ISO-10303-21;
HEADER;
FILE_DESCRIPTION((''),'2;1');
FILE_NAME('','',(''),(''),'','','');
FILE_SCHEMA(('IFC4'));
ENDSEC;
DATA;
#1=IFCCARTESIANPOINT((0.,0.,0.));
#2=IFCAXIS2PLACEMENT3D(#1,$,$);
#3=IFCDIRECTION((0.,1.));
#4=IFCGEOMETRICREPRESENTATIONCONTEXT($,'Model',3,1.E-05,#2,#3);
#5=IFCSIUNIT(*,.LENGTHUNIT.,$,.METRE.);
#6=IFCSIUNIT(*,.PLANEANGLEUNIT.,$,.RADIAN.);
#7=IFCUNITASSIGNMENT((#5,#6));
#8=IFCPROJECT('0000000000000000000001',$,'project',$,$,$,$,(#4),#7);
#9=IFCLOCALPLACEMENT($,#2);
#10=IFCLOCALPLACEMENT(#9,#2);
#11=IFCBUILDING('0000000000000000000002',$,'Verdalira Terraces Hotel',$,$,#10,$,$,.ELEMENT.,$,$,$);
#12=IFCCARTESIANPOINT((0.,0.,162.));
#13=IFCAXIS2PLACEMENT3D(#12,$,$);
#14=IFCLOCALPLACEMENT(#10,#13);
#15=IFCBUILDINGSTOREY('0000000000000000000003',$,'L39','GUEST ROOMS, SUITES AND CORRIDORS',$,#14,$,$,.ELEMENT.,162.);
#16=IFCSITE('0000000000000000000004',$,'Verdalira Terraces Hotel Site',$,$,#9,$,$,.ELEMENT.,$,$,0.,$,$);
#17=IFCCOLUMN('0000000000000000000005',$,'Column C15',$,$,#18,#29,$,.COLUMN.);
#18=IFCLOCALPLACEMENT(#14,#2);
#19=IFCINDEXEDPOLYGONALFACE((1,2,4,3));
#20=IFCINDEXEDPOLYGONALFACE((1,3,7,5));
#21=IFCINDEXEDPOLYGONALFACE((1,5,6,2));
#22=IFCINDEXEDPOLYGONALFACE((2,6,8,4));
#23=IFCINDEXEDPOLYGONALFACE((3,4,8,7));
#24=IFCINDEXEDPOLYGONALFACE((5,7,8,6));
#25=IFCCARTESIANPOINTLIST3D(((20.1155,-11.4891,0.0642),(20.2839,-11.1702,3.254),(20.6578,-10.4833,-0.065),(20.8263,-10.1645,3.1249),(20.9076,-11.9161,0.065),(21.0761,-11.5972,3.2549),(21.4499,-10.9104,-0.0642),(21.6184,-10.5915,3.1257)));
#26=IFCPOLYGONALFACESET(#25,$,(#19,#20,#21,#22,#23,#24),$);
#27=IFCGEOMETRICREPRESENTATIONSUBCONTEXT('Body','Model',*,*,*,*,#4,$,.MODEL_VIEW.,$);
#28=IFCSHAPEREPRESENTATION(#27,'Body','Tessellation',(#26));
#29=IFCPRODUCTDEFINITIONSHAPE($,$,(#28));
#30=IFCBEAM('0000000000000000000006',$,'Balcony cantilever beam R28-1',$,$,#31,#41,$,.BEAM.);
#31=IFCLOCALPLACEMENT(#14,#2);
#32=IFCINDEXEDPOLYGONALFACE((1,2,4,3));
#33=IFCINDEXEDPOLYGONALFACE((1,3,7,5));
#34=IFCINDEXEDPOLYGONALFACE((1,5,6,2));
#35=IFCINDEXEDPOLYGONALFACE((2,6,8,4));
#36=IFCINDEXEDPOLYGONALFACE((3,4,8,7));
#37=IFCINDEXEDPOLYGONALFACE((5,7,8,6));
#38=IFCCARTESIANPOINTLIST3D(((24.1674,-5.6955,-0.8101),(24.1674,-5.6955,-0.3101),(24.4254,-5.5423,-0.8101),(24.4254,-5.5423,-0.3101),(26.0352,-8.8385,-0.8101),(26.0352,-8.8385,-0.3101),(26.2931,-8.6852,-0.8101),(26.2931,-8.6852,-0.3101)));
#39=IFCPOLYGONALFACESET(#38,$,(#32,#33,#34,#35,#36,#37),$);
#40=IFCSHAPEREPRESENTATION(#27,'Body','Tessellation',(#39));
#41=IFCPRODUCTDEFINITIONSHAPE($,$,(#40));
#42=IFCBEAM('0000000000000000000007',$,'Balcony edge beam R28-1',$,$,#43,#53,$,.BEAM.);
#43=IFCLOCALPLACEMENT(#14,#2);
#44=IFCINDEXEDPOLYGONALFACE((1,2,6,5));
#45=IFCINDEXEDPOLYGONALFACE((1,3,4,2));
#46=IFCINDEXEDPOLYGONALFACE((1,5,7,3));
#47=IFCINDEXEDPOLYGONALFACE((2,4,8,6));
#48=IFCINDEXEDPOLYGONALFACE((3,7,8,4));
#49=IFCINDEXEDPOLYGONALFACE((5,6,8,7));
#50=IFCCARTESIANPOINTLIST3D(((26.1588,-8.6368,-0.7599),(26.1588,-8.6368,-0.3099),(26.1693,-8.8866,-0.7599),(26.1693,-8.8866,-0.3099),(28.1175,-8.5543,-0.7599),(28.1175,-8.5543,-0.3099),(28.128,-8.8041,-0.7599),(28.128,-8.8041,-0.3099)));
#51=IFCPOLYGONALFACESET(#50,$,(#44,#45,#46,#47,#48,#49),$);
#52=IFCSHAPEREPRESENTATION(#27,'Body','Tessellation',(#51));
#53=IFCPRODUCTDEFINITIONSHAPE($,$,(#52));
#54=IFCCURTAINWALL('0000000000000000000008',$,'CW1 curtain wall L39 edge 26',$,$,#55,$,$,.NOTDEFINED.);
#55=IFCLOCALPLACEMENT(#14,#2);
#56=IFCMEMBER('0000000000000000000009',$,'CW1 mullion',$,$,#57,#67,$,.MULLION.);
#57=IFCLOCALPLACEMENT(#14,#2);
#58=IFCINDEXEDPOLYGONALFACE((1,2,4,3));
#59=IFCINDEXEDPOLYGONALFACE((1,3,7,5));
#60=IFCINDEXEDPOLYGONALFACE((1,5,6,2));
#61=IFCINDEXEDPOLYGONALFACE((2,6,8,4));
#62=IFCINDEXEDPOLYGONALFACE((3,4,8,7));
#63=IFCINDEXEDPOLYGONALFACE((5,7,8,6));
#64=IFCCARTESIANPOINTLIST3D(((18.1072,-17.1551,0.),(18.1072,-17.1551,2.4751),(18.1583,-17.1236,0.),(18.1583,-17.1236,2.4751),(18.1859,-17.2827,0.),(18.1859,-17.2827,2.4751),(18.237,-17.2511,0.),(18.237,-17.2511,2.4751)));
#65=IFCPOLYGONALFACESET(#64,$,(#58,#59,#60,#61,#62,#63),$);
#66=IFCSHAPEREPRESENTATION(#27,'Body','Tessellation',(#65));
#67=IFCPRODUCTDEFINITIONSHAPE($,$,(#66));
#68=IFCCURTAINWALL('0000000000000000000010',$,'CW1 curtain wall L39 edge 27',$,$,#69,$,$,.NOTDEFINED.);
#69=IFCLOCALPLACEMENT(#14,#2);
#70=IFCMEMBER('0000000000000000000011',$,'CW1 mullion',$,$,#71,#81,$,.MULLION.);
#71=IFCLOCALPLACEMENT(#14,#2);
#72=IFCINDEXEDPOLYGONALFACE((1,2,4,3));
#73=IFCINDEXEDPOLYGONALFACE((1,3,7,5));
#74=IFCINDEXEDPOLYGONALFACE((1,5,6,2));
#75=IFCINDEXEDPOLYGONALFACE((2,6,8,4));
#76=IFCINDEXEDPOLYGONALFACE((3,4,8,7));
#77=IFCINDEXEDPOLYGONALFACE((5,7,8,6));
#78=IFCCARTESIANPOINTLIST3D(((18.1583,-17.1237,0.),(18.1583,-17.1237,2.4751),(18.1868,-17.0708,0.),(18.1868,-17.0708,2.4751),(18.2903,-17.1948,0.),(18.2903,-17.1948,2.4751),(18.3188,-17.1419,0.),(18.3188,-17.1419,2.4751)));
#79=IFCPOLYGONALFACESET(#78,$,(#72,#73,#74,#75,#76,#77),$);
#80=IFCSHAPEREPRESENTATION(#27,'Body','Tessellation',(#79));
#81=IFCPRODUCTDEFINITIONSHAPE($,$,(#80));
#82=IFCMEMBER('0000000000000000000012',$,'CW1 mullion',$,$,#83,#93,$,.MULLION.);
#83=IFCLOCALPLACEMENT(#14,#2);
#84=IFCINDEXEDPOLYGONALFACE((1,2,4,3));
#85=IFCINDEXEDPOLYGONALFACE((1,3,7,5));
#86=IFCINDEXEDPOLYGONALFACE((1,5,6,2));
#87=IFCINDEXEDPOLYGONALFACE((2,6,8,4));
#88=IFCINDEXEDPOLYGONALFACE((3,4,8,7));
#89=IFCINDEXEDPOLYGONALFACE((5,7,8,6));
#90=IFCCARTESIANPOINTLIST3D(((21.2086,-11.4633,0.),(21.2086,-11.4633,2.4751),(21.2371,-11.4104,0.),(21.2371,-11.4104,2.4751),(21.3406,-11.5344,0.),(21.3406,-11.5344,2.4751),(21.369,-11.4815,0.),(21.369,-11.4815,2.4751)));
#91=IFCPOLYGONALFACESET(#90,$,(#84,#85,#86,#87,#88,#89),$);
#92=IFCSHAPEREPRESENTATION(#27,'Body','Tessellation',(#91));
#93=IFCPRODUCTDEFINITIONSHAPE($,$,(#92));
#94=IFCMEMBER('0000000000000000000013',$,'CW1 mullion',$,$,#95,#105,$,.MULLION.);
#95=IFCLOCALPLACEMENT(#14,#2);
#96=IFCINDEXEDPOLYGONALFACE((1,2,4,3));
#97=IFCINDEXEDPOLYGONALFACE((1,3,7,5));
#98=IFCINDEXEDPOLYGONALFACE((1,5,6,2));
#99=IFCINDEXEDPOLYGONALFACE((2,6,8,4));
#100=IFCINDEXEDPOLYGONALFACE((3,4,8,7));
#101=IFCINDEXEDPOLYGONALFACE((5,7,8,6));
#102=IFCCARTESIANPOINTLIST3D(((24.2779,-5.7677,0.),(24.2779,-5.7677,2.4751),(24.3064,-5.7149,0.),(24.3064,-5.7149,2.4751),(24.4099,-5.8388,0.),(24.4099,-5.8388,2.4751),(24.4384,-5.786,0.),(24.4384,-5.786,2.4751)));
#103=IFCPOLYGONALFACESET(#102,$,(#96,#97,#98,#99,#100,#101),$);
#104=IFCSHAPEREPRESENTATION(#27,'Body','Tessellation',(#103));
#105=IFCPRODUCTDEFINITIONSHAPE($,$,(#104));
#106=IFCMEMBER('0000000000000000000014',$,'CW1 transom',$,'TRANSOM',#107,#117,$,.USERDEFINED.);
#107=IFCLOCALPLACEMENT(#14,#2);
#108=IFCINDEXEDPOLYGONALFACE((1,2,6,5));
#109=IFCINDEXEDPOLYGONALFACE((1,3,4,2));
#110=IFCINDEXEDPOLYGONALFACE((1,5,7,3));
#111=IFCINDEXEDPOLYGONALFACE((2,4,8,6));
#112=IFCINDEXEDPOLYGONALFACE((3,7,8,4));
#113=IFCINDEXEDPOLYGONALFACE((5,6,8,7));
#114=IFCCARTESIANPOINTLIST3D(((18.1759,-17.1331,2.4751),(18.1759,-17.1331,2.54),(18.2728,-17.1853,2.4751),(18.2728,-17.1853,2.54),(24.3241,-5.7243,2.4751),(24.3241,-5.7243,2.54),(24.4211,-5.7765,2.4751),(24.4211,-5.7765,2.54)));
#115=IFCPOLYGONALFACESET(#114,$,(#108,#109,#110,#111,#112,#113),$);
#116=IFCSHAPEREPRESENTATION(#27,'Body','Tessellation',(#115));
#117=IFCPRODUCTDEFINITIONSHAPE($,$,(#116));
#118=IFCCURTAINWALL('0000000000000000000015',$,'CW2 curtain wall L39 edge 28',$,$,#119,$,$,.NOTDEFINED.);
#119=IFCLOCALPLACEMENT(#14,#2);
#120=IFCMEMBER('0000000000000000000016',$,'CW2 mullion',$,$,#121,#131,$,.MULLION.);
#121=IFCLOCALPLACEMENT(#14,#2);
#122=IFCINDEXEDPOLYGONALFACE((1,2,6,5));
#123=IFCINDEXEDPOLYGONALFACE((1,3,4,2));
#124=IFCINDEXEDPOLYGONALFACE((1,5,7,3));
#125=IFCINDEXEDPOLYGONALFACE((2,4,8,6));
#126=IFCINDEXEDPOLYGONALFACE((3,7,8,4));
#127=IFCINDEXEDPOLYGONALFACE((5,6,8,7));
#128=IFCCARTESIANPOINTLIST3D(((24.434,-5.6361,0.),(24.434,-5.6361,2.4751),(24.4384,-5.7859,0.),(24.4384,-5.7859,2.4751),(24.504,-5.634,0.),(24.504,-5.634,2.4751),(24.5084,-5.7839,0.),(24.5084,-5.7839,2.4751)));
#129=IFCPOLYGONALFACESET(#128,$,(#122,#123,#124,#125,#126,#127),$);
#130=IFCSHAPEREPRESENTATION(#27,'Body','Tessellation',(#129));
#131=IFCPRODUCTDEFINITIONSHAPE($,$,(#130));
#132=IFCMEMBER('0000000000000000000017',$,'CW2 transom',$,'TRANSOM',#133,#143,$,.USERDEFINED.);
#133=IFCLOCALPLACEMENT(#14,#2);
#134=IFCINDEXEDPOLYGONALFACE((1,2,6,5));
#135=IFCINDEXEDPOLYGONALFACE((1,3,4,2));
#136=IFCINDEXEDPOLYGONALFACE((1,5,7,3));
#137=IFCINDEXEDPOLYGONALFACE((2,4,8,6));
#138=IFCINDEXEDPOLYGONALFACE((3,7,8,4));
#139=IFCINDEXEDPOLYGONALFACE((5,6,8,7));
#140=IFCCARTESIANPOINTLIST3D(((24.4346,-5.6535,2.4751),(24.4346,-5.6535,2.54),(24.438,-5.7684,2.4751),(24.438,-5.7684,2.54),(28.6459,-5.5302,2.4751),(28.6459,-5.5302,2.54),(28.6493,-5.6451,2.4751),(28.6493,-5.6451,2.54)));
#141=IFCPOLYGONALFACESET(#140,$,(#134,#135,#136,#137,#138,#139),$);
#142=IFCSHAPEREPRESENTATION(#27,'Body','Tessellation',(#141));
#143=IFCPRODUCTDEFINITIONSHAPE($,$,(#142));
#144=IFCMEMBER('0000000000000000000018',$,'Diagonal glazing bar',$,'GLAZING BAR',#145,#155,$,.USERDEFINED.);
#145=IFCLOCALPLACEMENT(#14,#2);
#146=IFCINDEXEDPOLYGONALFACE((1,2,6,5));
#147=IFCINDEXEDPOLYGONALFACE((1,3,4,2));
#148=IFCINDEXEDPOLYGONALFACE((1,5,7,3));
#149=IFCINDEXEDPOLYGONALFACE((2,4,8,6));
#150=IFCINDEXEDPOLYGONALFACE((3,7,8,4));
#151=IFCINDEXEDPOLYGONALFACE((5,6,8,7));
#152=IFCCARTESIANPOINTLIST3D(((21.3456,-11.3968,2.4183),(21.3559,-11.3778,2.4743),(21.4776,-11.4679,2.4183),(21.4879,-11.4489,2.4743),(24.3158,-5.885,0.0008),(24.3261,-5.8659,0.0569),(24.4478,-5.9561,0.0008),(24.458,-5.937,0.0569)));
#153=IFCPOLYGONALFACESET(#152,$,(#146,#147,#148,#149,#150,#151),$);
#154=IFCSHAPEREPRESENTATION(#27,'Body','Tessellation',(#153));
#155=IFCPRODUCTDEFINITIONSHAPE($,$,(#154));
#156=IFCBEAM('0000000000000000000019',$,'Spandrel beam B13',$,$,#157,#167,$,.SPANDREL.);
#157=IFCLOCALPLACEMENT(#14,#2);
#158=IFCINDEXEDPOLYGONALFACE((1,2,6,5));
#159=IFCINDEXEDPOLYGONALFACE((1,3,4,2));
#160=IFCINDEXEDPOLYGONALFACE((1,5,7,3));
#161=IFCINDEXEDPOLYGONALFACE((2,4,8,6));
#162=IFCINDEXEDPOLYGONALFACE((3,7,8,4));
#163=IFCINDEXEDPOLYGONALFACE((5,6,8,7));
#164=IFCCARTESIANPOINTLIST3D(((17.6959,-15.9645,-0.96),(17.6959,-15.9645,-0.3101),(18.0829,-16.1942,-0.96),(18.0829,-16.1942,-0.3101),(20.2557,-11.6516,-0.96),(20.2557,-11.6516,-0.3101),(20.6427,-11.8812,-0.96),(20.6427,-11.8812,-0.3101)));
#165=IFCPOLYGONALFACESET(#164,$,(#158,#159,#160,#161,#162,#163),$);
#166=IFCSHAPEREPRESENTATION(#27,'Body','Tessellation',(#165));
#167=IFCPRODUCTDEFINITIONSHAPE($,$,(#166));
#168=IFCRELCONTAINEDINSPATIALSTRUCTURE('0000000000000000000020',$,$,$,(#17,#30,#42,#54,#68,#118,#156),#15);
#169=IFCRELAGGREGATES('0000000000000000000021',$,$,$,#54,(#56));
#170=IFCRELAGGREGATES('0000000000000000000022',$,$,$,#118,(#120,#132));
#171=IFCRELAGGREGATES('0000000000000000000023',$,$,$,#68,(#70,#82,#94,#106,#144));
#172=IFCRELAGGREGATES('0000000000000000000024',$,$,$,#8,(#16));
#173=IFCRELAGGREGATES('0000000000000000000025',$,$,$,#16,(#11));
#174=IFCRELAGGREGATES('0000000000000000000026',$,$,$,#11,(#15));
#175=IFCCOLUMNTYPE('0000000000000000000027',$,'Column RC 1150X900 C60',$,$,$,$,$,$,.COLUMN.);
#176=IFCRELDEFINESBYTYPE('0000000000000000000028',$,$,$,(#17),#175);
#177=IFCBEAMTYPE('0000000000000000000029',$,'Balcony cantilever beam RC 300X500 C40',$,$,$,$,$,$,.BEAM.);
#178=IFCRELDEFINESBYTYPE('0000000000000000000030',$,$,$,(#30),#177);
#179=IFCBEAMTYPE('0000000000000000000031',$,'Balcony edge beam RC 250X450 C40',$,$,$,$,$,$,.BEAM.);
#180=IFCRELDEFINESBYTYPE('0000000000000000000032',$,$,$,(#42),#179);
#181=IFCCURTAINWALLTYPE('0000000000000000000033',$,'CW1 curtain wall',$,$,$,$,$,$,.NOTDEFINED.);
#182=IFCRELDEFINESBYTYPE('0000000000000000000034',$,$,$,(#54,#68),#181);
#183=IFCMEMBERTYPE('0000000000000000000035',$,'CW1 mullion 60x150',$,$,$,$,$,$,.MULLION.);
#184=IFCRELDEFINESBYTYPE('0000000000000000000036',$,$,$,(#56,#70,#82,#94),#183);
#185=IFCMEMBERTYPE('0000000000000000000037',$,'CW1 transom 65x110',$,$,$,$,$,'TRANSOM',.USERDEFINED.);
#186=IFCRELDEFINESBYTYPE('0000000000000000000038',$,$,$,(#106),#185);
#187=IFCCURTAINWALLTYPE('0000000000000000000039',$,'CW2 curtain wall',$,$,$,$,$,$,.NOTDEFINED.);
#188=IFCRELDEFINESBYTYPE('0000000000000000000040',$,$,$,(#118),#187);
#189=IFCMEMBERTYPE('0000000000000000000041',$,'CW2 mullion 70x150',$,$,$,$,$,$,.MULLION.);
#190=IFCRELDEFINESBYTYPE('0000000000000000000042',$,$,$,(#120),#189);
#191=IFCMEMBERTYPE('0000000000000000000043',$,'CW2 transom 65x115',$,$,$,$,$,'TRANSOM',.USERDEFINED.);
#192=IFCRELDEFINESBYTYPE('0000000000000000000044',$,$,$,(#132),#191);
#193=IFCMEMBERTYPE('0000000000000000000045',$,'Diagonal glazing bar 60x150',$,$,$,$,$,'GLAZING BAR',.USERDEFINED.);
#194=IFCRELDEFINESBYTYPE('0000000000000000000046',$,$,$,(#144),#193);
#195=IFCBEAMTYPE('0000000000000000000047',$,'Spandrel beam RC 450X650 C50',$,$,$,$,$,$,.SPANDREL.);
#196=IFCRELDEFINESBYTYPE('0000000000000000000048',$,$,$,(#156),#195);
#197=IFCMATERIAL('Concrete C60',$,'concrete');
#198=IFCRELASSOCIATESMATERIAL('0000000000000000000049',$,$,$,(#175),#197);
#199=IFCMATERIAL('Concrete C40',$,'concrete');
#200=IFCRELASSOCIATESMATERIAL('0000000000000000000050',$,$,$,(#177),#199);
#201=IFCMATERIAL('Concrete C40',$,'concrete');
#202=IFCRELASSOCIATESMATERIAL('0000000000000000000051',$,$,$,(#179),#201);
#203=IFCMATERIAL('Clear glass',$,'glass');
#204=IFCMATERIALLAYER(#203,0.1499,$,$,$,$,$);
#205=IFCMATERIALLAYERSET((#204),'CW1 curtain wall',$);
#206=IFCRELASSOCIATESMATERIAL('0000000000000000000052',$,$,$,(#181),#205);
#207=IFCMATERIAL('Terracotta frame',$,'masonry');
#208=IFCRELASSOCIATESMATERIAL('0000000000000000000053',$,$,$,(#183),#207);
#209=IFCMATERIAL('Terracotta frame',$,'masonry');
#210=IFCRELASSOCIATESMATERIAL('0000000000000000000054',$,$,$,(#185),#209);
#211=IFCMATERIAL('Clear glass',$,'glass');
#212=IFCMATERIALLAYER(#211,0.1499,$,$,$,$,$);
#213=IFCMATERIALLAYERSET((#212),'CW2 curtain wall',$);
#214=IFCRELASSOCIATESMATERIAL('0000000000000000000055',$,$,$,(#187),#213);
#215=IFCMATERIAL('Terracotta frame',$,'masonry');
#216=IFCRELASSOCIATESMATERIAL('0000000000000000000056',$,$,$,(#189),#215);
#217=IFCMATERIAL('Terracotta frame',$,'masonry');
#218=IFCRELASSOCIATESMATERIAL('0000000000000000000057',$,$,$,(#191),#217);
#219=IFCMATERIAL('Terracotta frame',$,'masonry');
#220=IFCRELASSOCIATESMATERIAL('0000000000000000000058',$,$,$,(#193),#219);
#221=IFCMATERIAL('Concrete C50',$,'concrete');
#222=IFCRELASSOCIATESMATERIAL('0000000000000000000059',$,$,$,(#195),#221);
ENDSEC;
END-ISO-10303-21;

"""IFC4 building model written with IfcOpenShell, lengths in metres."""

from ifc_helpers import new_model, si_unit, direction, frame, origin, origin_2d, place, context, subcontext, project, spatial, rectangle, extrude, material, layer, layer_set, material_profile, profile_set, type_object, element, aggregate, save


model = new_model("IFC4")

# Units and contexts
model_context = context("Model", 3, precision=1e-05, world=origin(), true_north=direction((0.0, 1.0)))
body_context = subcontext(model_context, "Body", "Model", "MODEL_VIEW")
ifc_project = project(units=[si_unit("LENGTHUNIT", "METRE"), si_unit("PLANEANGLEUNIT", "RADIAN")], contexts=[model_context])

# Site, building, storey
site_placement = place(None, origin())
site = spatial("IfcSite", under=ifc_project, at=site_placement, Name="Verdalira Terraces Hotel Site", CompositionType="ELEMENT", RefElevation=0.0)
building_placement = place(site_placement, origin())
building = spatial("IfcBuilding", under=site, at=building_placement, Name="Verdalira Terraces Hotel", CompositionType="ELEMENT")
storey_placement = place(building_placement, frame((0.0, 0.0, 162.0)))
storey = spatial("IfcBuildingStorey", under=building, at=storey_placement, Name="L39", Description="GUEST ROOMS, SUITES AND CORRIDORS", CompositionType="ELEMENT", Elevation=162.0)

# Column
ifc_material_1 = material(Name="Concrete C60", Category="concrete")
ifc_material_profile_1 = material_profile(ifc_material_1, rectangle(XDim=1.1499, YDim=0.8999, at=origin_2d()), Name="RC 1150X900")
ifc_profile_set_1 = profile_set([ifc_material_profile_1], Name="Concrete C60")
column_type = type_object("IfcColumnType", Name="Column RC 1150X900 C60", PredefinedType="COLUMN", material=ifc_profile_set_1)
column_placement = place(storey_placement, frame((20.7827, -11.1997, 0.0), z_axis=(0.052475, 0.099321, 0.993671), x_axis=(0.471623, 0.874617, -0.112327)))
element("IfcColumn", 1, at=column_placement, inside=storey, type_object=column_type, Name="Column C15", PredefinedType="COLUMN", context=body_context, shape_type="SweptSolid", body=[
    extrude(rectangle(XDim=1.1499, YDim=0.8999, at=origin_2d()), origin(), (0.0, 0.0, 1.0), 3.2102),
])

# Beams
ifc_material_2 = material(Name="Concrete C40", Category="concrete")
ifc_material_profile_2 = material_profile(ifc_material_2, rectangle(XDim=0.3, YDim=0.5, at=origin_2d()), Name="RC 300X500")
ifc_profile_set_2 = profile_set([ifc_material_profile_2], Name="Concrete C40")
beam_type_1 = type_object("IfcBeamType", Name="Balcony cantilever beam RC 300X500 C40", PredefinedType="BEAM", material=ifc_profile_set_2)
beam_1_placement = place(storey_placement, frame((24.2964, -5.6189, -0.5601), z_axis=(0.510867, -0.85966, 0.0), x_axis=(0.85966, 0.510867, 0.0)))
element("IfcBeam", 2, at=beam_1_placement, inside=storey, type_object=beam_type_1, Name="Balcony cantilever beam R28-1", PredefinedType="BEAM", context=body_context, shape_type="SweptSolid", body=[
    extrude(rectangle(XDim=0.3, YDim=0.5, at=origin_2d()), origin(), (0.0, 0.0, 1.0), 3.656),
])
ifc_material_3 = material(Name="Concrete C40", Category="concrete")
ifc_material_profile_3 = material_profile(ifc_material_3, rectangle(XDim=0.25, YDim=0.45, at=origin_2d()), Name="RC 250X450")
ifc_profile_set_3 = profile_set([ifc_material_profile_3], Name="Concrete C40")
beam_type_2 = type_object("IfcBeamType", Name="Balcony edge beam RC 250X450 C40", PredefinedType="BEAM", material=ifc_profile_set_3)
beam_2_placement = place(storey_placement, frame((26.1641, -8.7617, -0.5349), z_axis=(0.999114, 0.042092, 0.0), x_axis=(-0.042092, 0.999114, 0.0)))
element("IfcBeam", 3, at=beam_2_placement, inside=storey, type_object=beam_type_2, Name="Balcony edge beam R28-1", PredefinedType="BEAM", context=body_context, shape_type="SweptSolid", body=[
    extrude(rectangle(XDim=0.25, YDim=0.45, at=origin_2d()), origin(), (0.0, 0.0, 1.0), 1.9604),
])

# Curtain wall, member
ifc_material_4 = material(Name="Clear glass", Category="glass")
ifc_layer_1 = layer(ifc_material_4, 0.1499)
ifc_layer_set_1 = layer_set([ifc_layer_1], Name="CW1 curtain wall")
curtain_wall_type_1 = type_object("IfcCurtainWallType", Name="CW1 curtain wall", PredefinedType="NOTDEFINED", material=ifc_layer_set_1)
curtain_wall_1_placement = place(storey_placement, origin())
curtain_wall_1 = element("IfcCurtainWall", 4, at=curtain_wall_1_placement, inside=storey, type_object=curtain_wall_type_1, Name="CW1 curtain wall L39 edge 26", PredefinedType="NOTDEFINED")
ifc_material_5 = material(Name="Terracotta frame", Category="masonry")
ifc_material_profile_4 = material_profile(ifc_material_5, rectangle(XDim=0.0601, YDim=0.1499, at=origin_2d()), Name="MU 60x150")
ifc_profile_set_4 = profile_set([ifc_material_profile_4], Name="Terracotta frame")
member_type_1 = type_object("IfcMemberType", Name="CW1 mullion 60x150", PredefinedType="MULLION", material=ifc_profile_set_4)
member_1_placement = place(storey_placement, frame((18.1721, -17.2031, 0.0), z_axis=(0.0, 0.0, 1.0), x_axis=(0.850994, 0.525175, 0.0)))
member_1 = element("IfcMember", 5, at=member_1_placement, type_object=member_type_1, Name="CW1 mullion", PredefinedType="MULLION", context=body_context, shape_type="SweptSolid", body=[
    extrude(rectangle(XDim=0.0601, YDim=0.1499, at=origin_2d()), origin(), (0.0, 0.0, 1.0), 2.4751),
])
aggregate(curtain_wall_1, [member_1])

# Curtain walls, members
curtain_wall_2_placement = place(storey_placement, origin())
curtain_wall_2 = element("IfcCurtainWall", 6, at=curtain_wall_2_placement, inside=storey, type_object=curtain_wall_type_1, Name="CW1 curtain wall L39 edge 27", PredefinedType="NOTDEFINED")
member_2_placement = place(storey_placement, frame((18.2385, -17.1328, 0.0), z_axis=(0.0, 0.0, 1.0), x_axis=(0.474396, 0.880312, 0.0)))
member_2 = element("IfcMember", 7, at=member_2_placement, type_object=member_type_1, Name="CW1 mullion", PredefinedType="MULLION", context=body_context, shape_type="SweptSolid", body=[
    extrude(rectangle(XDim=0.0601, YDim=0.1499, at=origin_2d()), origin(), (0.0, 0.0, 1.0), 2.4751),
])
member_3_placement = place(storey_placement, frame((21.2888, -11.4724, 0.0), z_axis=(0.0, 0.0, 1.0), x_axis=(0.474396, 0.880312, 0.0)))
member_3 = element("IfcMember", 8, at=member_3_placement, type_object=member_type_1, Name="CW1 mullion", PredefinedType="MULLION", context=body_context, shape_type="SweptSolid", body=[
    extrude(rectangle(XDim=0.0601, YDim=0.1499, at=origin_2d()), origin(), (0.0, 0.0, 1.0), 2.4751),
])
member_4_placement = place(storey_placement, frame((24.3582, -5.7769, 0.0), z_axis=(0.0, 0.0, 1.0), x_axis=(0.474396, 0.880312, 0.0)))
member_4 = element("IfcMember", 9, at=member_4_placement, type_object=member_type_1, Name="CW1 mullion", PredefinedType="MULLION", context=body_context, shape_type="SweptSolid", body=[
    extrude(rectangle(XDim=0.0601, YDim=0.1499, at=origin_2d()), origin(), (0.0, 0.0, 1.0), 2.4751),
])
ifc_material_6 = material(Name="Terracotta frame", Category="masonry")
ifc_material_profile_5 = material_profile(ifc_material_6, rectangle(XDim=0.1101, YDim=0.0649, at=origin_2d()), Name="TR 65x110")
ifc_profile_set_5 = profile_set([ifc_material_profile_5], Name="Terracotta frame")
member_type_2 = type_object("IfcMemberType", Name="CW1 transom 65x110", ElementType="TRANSOM", PredefinedType="USERDEFINED", material=ifc_profile_set_5)
member_5_placement = place(storey_placement, frame((18.2244, -17.1592, 2.5076), z_axis=(0.474402, 0.880308, 0.0), x_axis=(-0.880308, 0.474402, 0.0)))
member_5 = element("IfcMember", 10, at=member_5_placement, type_object=member_type_2, Name="CW1 transom", ObjectType="TRANSOM", PredefinedType="USERDEFINED", context=body_context, shape_type="SweptSolid", body=[
    extrude(rectangle(XDim=0.1101, YDim=0.0649, at=origin_2d()), origin(), (0.0, 0.0, 1.0), 12.96),
])
ifc_material_7 = material(Name="Clear glass", Category="glass")
ifc_layer_2 = layer(ifc_material_7, 0.1499)
ifc_layer_set_2 = layer_set([ifc_layer_2], Name="CW2 curtain wall")
curtain_wall_type_2 = type_object("IfcCurtainWallType", Name="CW2 curtain wall", PredefinedType="NOTDEFINED", material=ifc_layer_set_2)
curtain_wall_3_placement = place(storey_placement, origin())
curtain_wall_3 = element("IfcCurtainWall", 11, at=curtain_wall_3_placement, inside=storey, type_object=curtain_wall_type_2, Name="CW2 curtain wall L39 edge 28", PredefinedType="NOTDEFINED")
ifc_material_8 = material(Name="Terracotta frame", Category="masonry")
ifc_material_profile_6 = material_profile(ifc_material_8, rectangle(XDim=0.0701, YDim=0.1499, at=origin_2d()), Name="MU 70x150")
ifc_profile_set_6 = profile_set([ifc_material_profile_6], Name="Terracotta frame")
member_type_3 = type_object("IfcMemberType", Name="CW2 mullion 70x150", PredefinedType="MULLION", material=ifc_profile_set_6)
member_6_placement = place(storey_placement, frame((24.4712, -5.71, 0.0), z_axis=(0.0, 0.0, 1.0), x_axis=(0.99957, 0.029317, 0.0)))
member_6 = element("IfcMember", 12, at=member_6_placement, type_object=member_type_3, Name="CW2 mullion", PredefinedType="MULLION", context=body_context, shape_type="SweptSolid", body=[
    extrude(rectangle(XDim=0.0701, YDim=0.1499, at=origin_2d()), origin(), (0.0, 0.0, 1.0), 2.4751),
])
ifc_material_9 = material(Name="Terracotta frame", Category="masonry")
ifc_material_profile_7 = material_profile(ifc_material_9, rectangle(XDim=0.115, YDim=0.0649, at=origin_2d()), Name="TR 65x115")
ifc_profile_set_7 = profile_set([ifc_material_profile_7], Name="Terracotta frame")
member_type_4 = type_object("IfcMemberType", Name="CW2 transom 65x115", ElementType="TRANSOM", PredefinedType="USERDEFINED", material=ifc_profile_set_7)
member_7_placement = place(storey_placement, frame((24.4363, -5.7109, 2.5076), z_axis=(0.999572, 0.029263, 0.0), x_axis=(-0.029263, 0.999572, 0.0)))
member_7 = element("IfcMember", 13, at=member_7_placement, type_object=member_type_4, Name="CW2 transom", ObjectType="TRANSOM", PredefinedType="USERDEFINED", context=body_context, shape_type="SweptSolid", body=[
    extrude(rectangle(XDim=0.115, YDim=0.0649, at=origin_2d()), origin(), (0.0, 0.0, 1.0), 4.2131),
])
aggregate(curtain_wall_3, [member_6, member_7])

# Member
ifc_material_10 = material(Name="Terracotta frame", Category="masonry")
ifc_material_profile_8 = material_profile(ifc_material_10, rectangle(XDim=0.1499, YDim=0.0601, at=origin_2d()), Name="GB 60x150")
ifc_profile_set_8 = profile_set([ifc_material_profile_8], Name="Terracotta frame")
member_type_5 = type_object("IfcMemberType", Name="Diagonal glazing bar 60x150", ElementType="GLAZING BAR", PredefinedType="USERDEFINED", material=ifc_profile_set_8)
member_8_placement = place(storey_placement, frame((21.4167, -11.4229, 2.4463), z_axis=(0.442537, 0.821236, -0.360184), x_axis=(-0.880322, 0.474376, 0.0)))
member_8 = element("IfcMember", 14, at=member_8_placement, type_object=member_type_5, Name="Diagonal glazing bar", ObjectType="GLAZING BAR", PredefinedType="USERDEFINED", context=body_context, shape_type="SweptSolid", body=[
    extrude(rectangle(XDim=0.1499, YDim=0.0601, at=origin_2d()), origin(), (0.0, 0.0, 1.0), 6.7117),
])

# Beam
ifc_material_11 = material(Name="Concrete C50", Category="concrete")
ifc_material_profile_9 = material_profile(ifc_material_11, rectangle(XDim=0.45, YDim=0.6499, at=origin_2d()), Name="RC 450X650")
ifc_profile_set_9 = profile_set([ifc_material_profile_9], Name="Concrete C50")
beam_type_3 = type_object("IfcBeamType", Name="Spandrel beam RC 450X650 C50", PredefinedType="SPANDREL", material=ifc_profile_set_9)
beam_3_placement = place(storey_placement, frame((17.8894, -16.0793, -0.635), z_axis=(0.510388, 0.859944, 0.0), x_axis=(-0.859944, 0.510388, 0.0)))
element("IfcBeam", 15, at=beam_3_placement, inside=storey, type_object=beam_type_3, Name="Spandrel beam B13", PredefinedType="SPANDREL", context=body_context, shape_type="SweptSolid", body=[
    extrude(rectangle(XDim=0.45, YDim=0.6499, at=origin_2d()), origin(), (0.0, 0.0, 1.0), 5.0154),
])

aggregate(curtain_wall_2, [member_2, member_3, member_4, member_5, member_8])

save(model, "model.ifc")
